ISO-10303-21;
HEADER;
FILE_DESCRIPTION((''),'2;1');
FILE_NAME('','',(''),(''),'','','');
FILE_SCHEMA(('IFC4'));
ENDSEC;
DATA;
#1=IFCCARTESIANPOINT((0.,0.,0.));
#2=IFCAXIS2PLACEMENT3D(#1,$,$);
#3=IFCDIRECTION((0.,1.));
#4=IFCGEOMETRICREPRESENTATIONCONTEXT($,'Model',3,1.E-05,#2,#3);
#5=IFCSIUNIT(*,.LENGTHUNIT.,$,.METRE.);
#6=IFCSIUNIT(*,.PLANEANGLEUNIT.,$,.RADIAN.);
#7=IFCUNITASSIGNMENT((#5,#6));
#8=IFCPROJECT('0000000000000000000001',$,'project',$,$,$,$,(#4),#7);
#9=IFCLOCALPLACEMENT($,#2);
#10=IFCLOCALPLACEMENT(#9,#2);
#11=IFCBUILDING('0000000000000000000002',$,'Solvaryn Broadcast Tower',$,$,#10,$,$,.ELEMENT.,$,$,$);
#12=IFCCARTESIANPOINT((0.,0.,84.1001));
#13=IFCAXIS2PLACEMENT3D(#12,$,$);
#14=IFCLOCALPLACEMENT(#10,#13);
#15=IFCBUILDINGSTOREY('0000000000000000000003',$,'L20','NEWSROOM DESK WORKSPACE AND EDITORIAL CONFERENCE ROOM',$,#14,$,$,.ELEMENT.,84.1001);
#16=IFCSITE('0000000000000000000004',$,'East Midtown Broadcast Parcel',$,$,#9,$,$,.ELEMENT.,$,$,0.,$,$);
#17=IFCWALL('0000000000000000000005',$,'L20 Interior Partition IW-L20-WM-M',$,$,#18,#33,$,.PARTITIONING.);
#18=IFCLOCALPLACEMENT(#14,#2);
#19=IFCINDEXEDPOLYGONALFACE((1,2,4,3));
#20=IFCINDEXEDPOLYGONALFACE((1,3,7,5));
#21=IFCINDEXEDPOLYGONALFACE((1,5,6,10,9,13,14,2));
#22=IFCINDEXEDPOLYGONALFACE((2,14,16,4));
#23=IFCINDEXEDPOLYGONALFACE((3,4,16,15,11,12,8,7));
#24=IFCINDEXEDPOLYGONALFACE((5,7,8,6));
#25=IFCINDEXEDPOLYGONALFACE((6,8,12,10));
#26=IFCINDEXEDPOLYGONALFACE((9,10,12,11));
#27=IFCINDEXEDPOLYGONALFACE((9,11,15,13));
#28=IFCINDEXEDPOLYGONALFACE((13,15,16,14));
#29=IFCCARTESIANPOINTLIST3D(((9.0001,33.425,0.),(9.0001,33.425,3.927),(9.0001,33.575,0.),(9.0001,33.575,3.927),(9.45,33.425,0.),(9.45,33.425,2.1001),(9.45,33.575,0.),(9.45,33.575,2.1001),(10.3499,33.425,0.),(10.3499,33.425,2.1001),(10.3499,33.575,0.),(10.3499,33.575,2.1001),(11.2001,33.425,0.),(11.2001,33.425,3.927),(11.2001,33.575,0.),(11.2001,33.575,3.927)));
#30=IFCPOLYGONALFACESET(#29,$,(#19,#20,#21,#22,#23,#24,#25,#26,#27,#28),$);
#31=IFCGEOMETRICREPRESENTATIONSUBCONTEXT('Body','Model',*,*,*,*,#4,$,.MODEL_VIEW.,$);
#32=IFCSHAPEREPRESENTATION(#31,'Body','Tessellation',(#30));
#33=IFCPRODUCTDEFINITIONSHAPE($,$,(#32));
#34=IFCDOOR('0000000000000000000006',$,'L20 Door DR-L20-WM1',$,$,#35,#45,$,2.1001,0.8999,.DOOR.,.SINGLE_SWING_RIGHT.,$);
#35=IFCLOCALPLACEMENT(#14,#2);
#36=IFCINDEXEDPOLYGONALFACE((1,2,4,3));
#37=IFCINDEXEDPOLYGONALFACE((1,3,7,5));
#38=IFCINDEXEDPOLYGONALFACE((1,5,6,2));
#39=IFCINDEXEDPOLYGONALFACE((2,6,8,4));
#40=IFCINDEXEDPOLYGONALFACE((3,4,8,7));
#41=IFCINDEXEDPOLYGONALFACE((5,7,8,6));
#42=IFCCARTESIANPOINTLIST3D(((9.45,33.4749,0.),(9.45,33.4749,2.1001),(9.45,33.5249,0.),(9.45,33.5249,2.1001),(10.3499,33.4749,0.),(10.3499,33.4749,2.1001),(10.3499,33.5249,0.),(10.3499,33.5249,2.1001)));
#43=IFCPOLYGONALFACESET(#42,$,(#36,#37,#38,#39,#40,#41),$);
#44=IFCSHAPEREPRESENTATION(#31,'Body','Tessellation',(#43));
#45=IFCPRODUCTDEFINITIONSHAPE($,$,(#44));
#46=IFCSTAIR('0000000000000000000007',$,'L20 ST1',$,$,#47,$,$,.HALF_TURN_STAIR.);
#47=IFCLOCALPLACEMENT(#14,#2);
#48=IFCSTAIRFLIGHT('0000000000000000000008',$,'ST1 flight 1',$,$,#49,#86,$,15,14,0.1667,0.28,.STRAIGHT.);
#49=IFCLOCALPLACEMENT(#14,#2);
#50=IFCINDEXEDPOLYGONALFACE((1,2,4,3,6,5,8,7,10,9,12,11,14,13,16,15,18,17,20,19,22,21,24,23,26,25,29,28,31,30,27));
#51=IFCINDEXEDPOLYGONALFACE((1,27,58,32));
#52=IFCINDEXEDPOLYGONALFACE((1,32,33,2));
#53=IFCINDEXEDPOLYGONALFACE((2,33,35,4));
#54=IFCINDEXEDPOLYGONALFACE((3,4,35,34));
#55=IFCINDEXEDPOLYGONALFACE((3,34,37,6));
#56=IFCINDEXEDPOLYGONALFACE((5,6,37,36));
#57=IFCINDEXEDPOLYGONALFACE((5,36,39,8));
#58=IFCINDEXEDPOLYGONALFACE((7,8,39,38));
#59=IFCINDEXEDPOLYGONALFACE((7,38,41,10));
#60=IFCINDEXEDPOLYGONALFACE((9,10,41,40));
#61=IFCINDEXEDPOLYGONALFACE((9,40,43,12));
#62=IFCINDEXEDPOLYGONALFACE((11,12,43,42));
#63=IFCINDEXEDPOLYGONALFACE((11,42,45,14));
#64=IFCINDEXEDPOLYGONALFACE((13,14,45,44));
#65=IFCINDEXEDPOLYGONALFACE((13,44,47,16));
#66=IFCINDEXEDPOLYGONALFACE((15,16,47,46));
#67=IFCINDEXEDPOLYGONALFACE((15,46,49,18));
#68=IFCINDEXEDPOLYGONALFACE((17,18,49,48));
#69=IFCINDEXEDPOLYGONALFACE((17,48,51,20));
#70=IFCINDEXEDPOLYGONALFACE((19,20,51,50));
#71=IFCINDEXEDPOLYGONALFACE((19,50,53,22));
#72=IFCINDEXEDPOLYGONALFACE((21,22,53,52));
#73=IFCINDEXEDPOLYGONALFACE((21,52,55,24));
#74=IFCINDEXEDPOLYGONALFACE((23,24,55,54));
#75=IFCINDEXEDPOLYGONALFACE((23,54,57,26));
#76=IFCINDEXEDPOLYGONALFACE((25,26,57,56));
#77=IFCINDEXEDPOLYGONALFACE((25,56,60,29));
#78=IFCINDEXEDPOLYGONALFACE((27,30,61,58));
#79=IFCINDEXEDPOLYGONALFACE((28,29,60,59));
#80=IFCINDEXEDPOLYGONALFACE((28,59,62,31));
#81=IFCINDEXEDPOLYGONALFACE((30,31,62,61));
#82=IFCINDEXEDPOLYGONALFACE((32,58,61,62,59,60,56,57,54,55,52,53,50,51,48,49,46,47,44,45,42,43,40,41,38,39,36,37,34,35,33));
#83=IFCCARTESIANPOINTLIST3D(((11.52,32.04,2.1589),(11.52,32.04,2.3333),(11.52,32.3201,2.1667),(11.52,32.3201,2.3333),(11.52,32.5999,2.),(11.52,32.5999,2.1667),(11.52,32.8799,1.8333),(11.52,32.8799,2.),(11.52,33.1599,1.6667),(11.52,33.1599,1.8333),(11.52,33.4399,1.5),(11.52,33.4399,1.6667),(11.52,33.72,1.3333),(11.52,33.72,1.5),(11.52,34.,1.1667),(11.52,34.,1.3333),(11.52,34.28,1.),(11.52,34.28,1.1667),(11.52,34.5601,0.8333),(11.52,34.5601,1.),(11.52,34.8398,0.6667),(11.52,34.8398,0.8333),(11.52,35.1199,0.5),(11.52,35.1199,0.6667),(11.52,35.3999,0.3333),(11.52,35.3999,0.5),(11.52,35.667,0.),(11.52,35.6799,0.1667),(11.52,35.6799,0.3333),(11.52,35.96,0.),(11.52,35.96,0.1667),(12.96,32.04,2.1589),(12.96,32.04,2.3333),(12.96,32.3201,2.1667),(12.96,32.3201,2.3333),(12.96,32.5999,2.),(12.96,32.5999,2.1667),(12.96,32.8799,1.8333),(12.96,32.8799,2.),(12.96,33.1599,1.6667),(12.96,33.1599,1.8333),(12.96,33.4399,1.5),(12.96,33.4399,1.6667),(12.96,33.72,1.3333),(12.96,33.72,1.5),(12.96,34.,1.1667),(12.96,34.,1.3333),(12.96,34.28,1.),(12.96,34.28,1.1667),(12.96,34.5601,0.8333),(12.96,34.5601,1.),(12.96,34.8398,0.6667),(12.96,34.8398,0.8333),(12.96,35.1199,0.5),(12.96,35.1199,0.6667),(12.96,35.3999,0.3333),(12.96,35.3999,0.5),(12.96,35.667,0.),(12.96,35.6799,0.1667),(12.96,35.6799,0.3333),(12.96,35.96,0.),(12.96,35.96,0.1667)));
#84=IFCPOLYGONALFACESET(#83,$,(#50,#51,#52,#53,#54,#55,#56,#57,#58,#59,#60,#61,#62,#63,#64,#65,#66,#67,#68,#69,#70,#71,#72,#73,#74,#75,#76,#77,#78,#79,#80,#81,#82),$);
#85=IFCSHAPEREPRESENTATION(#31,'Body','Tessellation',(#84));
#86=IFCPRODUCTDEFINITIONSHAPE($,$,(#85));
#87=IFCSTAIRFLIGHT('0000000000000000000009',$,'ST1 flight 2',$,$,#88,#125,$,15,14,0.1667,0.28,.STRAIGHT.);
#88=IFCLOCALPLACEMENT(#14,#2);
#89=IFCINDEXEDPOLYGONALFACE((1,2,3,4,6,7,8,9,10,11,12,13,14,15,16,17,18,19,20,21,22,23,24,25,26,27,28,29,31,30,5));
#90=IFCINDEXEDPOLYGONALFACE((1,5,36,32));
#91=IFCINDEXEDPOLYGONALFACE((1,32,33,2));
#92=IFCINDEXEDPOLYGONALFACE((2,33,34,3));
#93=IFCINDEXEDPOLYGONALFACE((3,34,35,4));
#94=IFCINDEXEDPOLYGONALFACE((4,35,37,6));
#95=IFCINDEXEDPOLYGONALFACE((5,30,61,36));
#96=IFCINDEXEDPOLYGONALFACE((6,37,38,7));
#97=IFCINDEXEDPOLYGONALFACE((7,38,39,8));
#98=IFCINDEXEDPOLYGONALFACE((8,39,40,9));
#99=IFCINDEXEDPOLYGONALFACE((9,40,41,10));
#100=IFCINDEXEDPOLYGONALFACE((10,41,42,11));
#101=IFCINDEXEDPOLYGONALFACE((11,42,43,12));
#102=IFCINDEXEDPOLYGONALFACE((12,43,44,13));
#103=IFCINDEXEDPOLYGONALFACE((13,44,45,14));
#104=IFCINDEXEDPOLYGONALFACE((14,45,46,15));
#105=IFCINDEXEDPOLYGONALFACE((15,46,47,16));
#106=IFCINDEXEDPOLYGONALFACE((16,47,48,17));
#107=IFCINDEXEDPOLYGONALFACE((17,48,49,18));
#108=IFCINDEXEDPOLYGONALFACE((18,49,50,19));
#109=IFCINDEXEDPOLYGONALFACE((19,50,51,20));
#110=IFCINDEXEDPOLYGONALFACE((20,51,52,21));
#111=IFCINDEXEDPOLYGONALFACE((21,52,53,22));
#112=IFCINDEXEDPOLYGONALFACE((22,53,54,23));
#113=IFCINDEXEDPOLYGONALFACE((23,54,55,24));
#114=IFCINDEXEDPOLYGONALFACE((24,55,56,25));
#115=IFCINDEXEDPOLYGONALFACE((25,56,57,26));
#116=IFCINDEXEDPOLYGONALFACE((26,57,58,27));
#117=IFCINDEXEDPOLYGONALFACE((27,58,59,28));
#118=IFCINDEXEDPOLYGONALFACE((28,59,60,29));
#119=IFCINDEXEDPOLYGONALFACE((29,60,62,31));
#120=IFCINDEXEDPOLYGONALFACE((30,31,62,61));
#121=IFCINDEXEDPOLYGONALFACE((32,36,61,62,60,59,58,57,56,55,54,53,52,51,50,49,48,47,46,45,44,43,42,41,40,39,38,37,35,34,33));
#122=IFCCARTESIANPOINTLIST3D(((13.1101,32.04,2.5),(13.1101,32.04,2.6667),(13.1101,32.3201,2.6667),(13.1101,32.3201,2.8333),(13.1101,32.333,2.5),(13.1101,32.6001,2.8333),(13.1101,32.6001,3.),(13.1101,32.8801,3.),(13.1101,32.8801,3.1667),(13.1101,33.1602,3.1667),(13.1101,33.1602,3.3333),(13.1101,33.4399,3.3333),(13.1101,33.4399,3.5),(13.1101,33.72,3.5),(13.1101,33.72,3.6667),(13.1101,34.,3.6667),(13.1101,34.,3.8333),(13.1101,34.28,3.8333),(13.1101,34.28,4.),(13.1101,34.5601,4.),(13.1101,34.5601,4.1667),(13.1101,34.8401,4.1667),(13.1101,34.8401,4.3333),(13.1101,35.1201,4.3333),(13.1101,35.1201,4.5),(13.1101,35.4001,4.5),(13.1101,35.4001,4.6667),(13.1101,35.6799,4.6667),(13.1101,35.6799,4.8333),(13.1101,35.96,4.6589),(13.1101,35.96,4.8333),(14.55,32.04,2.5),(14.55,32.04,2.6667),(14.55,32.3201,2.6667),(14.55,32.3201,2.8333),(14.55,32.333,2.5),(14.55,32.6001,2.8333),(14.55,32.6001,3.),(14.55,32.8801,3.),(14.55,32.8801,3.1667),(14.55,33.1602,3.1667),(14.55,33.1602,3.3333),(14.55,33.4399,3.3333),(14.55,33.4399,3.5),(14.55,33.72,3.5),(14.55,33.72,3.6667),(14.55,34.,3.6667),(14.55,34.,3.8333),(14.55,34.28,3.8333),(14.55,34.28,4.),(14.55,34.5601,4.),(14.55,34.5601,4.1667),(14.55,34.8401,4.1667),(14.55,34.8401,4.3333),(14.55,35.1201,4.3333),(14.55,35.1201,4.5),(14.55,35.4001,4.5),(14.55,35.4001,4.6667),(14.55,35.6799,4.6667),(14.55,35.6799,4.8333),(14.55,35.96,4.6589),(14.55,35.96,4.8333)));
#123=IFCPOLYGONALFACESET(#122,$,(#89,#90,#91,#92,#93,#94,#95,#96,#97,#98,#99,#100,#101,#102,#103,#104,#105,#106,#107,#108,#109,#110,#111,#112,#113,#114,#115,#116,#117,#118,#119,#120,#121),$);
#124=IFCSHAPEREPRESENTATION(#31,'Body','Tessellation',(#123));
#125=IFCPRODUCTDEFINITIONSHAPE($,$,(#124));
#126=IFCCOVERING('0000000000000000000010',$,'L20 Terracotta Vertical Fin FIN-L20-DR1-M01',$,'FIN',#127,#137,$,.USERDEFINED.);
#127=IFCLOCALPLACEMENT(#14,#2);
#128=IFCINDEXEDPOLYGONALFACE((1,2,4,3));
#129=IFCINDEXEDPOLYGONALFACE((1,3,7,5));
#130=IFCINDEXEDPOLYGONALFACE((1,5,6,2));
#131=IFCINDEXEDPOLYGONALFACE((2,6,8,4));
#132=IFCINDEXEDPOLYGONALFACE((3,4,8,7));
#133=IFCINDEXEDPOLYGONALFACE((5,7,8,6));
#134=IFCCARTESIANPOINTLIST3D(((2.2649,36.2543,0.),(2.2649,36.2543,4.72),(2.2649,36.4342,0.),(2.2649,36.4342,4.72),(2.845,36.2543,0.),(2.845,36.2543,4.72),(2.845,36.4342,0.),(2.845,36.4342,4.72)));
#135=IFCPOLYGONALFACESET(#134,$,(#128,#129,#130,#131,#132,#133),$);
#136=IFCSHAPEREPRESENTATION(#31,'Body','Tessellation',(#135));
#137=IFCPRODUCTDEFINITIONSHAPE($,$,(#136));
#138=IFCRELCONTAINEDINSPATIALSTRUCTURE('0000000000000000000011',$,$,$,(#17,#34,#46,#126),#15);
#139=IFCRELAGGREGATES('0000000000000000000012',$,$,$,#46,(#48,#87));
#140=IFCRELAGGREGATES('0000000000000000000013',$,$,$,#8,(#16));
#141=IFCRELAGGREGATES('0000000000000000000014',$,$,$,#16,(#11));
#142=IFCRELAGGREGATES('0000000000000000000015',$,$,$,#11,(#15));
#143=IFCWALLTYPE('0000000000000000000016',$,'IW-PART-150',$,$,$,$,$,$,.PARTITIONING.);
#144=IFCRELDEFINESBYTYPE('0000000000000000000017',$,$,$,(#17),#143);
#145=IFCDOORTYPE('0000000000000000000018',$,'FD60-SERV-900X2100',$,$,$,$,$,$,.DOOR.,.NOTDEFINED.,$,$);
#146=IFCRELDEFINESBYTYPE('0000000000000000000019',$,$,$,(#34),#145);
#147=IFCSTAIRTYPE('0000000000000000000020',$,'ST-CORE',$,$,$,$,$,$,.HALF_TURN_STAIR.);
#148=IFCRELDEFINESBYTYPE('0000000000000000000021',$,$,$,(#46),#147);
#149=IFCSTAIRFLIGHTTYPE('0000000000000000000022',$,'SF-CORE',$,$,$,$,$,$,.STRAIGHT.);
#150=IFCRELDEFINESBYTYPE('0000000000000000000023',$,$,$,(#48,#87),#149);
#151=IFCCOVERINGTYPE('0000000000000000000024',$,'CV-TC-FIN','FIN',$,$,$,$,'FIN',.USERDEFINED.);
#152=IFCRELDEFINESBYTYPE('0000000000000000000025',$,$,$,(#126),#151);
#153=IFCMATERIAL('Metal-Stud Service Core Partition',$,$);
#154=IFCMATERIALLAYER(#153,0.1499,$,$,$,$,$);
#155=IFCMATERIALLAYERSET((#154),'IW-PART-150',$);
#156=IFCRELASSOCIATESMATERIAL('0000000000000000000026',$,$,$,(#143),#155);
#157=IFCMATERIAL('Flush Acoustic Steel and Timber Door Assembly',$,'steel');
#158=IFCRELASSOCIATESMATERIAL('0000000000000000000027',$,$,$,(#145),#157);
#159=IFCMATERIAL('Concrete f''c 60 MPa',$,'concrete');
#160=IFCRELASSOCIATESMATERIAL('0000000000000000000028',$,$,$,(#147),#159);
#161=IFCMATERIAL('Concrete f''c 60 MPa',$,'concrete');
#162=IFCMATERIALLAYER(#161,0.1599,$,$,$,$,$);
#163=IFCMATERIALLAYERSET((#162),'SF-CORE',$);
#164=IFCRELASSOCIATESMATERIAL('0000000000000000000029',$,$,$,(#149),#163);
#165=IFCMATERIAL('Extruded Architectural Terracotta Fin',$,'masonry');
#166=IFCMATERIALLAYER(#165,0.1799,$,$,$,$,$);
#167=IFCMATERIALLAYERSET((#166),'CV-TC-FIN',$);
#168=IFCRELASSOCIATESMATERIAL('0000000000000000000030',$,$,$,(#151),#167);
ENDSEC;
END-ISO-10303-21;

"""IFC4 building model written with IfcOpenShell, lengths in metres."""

from ifc_helpers import new_model, si_unit, direction, frame, frame_2d, origin, origin_2d, place, context, subcontext, project, spatial, polyline, rectangle, outline, extrude, material, layer, layer_set, type_object, element, fill, aggregate, save


model = new_model("IFC4")

# Units and contexts
model_context = context("Model", 3, precision=1e-05, world=origin(), true_north=direction((0.0, 1.0)))
body_context = subcontext(model_context, "Body", "Model", "MODEL_VIEW")
ifc_project = project(units=[si_unit("LENGTHUNIT", "METRE"), si_unit("PLANEANGLEUNIT", "RADIAN")], contexts=[model_context])

# Site, building, storey
site_placement = place(None, origin())
site = spatial("IfcSite", under=ifc_project, at=site_placement, Name="East Midtown Broadcast Parcel", CompositionType="ELEMENT", RefElevation=0.0)
building_placement = place(site_placement, origin())
building = spatial("IfcBuilding", under=site, at=building_placement, Name="Solvaryn Broadcast Tower", CompositionType="ELEMENT")
storey_placement = place(building_placement, frame((0.0, 0.0, 84.1001)))
storey = spatial("IfcBuildingStorey", under=building, at=storey_placement, Name="L20", Description="NEWSROOM DESK WORKSPACE AND EDITORIAL CONFERENCE ROOM", CompositionType="ELEMENT", Elevation=84.1001)

# Wall, opening, door
ifc_material_1 = material(Name="Metal-Stud Service Core Partition")
ifc_layer_1 = layer(ifc_material_1, 0.1499)
ifc_layer_set_1 = layer_set([ifc_layer_1], Name="IW-PART-150")
wall_type = type_object("IfcWallType", Name="IW-PART-150", PredefinedType="PARTITIONING", material=ifc_layer_set_1)
wall_placement = place(storey_placement, frame((9.0, 33.5, 0.0), z_axis=(0.0, 0.0, 1.0), x_axis=(1.0, 0.0, 0.0)))
wall = element("IfcWall", 1, at=wall_placement, inside=storey, type_object=wall_type, Name="L20 Interior Partition IW-L20-WM-M", PredefinedType="PARTITIONING", context=body_context, shape_type="SweptSolid", body=[
    extrude(rectangle(XDim=2.2, YDim=0.1499, at=frame_2d((1.1001, 0.0))), origin(), (0.0, 0.0, 1.0), 3.927),
])
opening_placement = place(wall_placement, frame((0.45, 0.0, 0.0)))
opening = element("IfcOpeningElement", 2, at=opening_placement, cuts=wall, PredefinedType="OPENING", context=body_context, shape_type="SweptSolid", body=[
    extrude(rectangle(XDim=0.8999, YDim=2.1001, at=frame_2d((0.45, 1.05))), frame((0.0, 0.085, 0.0), z_axis=(0.0, -1.0, 0.0), x_axis=(1.0, 0.0, 0.0)), (0.0, 0.0, 1.0), 0.1699),
])
ifc_material_2 = material(Name="Flush Acoustic Steel and Timber Door Assembly", Category="steel")
door_type = type_object("IfcDoorType", Name="FD60-SERV-900X2100", OperationType="NOTDEFINED", PredefinedType="DOOR", material=ifc_material_2)
door_placement = place(opening_placement, origin())
door = element("IfcDoor", 3, at=door_placement, inside=storey, type_object=door_type, Name="L20 Door DR-L20-WM1", OperationType="SINGLE_SWING_RIGHT", OverallHeight=2.1001, OverallWidth=0.8999, PredefinedType="DOOR", context=body_context, shape_type="SweptSolid", body=[
    extrude(rectangle(XDim=0.8999, YDim=2.1001, at=frame_2d((0.45, 1.05))), frame((0.0, 0.0249, 0.0), z_axis=(0.0, -1.0, 0.0), x_axis=(1.0, 0.0, 0.0)), (0.0, 0.0, 1.0), 0.05),
])
fill(opening, door)

# Stair, stair flights
ifc_material_3 = material(Name="Concrete f'c 60 MPa", Category="concrete")
stair_type = type_object("IfcStairType", Name="ST-CORE", PredefinedType="HALF_TURN_STAIR", material=ifc_material_3)
stair_placement = place(storey_placement, origin())
stair = element("IfcStair", 4, at=stair_placement, inside=storey, type_object=stair_type, Name="L20 ST1", PredefinedType="HALF_TURN_STAIR")
ifc_material_4 = material(Name="Concrete f'c 60 MPa", Category="concrete")
ifc_layer_2 = layer(ifc_material_4, 0.1599)
ifc_layer_set_2 = layer_set([ifc_layer_2], Name="SF-CORE")
stair_flight_type = type_object("IfcStairFlightType", Name="SF-CORE", PredefinedType="STRAIGHT", material=ifc_layer_set_2)
stair_flight_1_placement = place(storey_placement, frame((12.24, 35.96, 0.0), z_axis=(0.0, 0.0, 1.0), x_axis=(0.0, -1.0, 0.0)))
stair_flight_1 = element("IfcStairFlight", 5, at=stair_flight_1_placement, type_object=stair_flight_type, Name="ST1 flight 1", NumberOfRisers=15, NumberOfTreads=14, PredefinedType="STRAIGHT", RiserHeight=0.1667, TreadLength=0.28, context=body_context, shape_type="SweptSolid", body=[
    extrude(outline(polyline([(0.0, 0.0), (0.0, 0.1667), (0.28, 0.1667), (0.28, 0.3333), (0.5601, 0.3333), (0.5601, 0.5), (0.8401, 0.5), (0.8401, 0.6667), (1.1201, 0.6667), (1.1201, 0.8333), (1.3999, 0.8333), (1.3999, 1.0), (1.6799, 1.0), (1.6799, 1.1667), (1.96, 1.1667), (1.96, 1.3333), (2.24, 1.3333), (2.24, 1.5), (2.52, 1.5), (2.52, 1.6667), (2.8, 1.6667), (2.8, 1.8333), (3.0801, 1.8333), (3.0801, 2.0), (3.3601, 2.0), (3.3601, 2.1667), (3.6399, 2.1667), (3.6399, 2.3333), (3.9199, 2.3333), (3.9199, 2.5), (3.9199, 2.1589), (0.293, 0.0), (0.0, 0.0)])), frame((0.0, 0.72, 0.0), z_axis=(0.0, -1.0, 0.0), x_axis=(1.0, 0.0, 0.0)), (0.0, 0.0, 1.0), 1.4399),
])
stair_flight_2_placement = place(storey_placement, frame((13.8301, 32.04, 2.5), z_axis=(0.0, 0.0, 1.0), x_axis=(0.0, 1.0, 0.0)))
stair_flight_2 = element("IfcStairFlight", 6, at=stair_flight_2_placement, type_object=stair_flight_type, Name="ST1 flight 2", NumberOfRisers=15, NumberOfTreads=14, PredefinedType="STRAIGHT", RiserHeight=0.1667, TreadLength=0.28, context=body_context, shape_type="SweptSolid", body=[
    extrude(outline(polyline([(0.0, 0.0), (0.0, 0.1667), (0.28, 0.1667), (0.28, 0.3333), (0.5601, 0.3333), (0.5601, 0.5), (0.8401, 0.5), (0.8401, 0.6667), (1.1201, 0.6667), (1.1201, 0.8333), (1.3999, 0.8333), (1.3999, 1.0), (1.6799, 1.0), (1.6799, 1.1667), (1.96, 1.1667), (1.96, 1.3333), (2.24, 1.3333), (2.24, 1.5), (2.52, 1.5), (2.52, 1.6667), (2.8, 1.6667), (2.8, 1.8333), (3.0801, 1.8333), (3.0801, 2.0), (3.3601, 2.0), (3.3601, 2.1667), (3.6399, 2.1667), (3.6399, 2.3333), (3.9199, 2.3333), (3.9199, 2.5), (3.9199, 2.1589), (0.293, 0.0), (0.0, 0.0)])), frame((0.0, 0.72, 0.0), z_axis=(0.0, -1.0, 0.0), x_axis=(1.0, 0.0, 0.0)), (0.0, 0.0, 1.0), 1.4399),
])
aggregate(stair, [stair_flight_1, stair_flight_2])

# Covering
ifc_material_5 = material(Name="Extruded Architectural Terracotta Fin", Category="masonry")
ifc_layer_3 = layer(ifc_material_5, 0.1799)
ifc_layer_set_3 = layer_set([ifc_layer_3], Name="CV-TC-FIN")
covering_type = type_object("IfcCoveringType", Name="CV-TC-FIN", Description="FIN", ElementType="FIN", PredefinedType="USERDEFINED", material=ifc_layer_set_3)
covering_placement = place(storey_placement, frame((2.5549, 36.3442, 0.0), z_axis=(0.0, 0.0, 1.0), x_axis=(1.0, 0.0, 0.0)))
element("IfcCovering", 7, at=covering_placement, inside=storey, type_object=covering_type, Name="L20 Terracotta Vertical Fin FIN-L20-DR1-M01", ObjectType="FIN", PredefinedType="USERDEFINED", context=body_context, shape_type="SweptSolid", body=[
    extrude(rectangle(XDim=0.5801, YDim=0.1799, at=origin_2d()), origin(), (0.0, 0.0, 1.0), 4.72),
])

save(model, "model.ifc")
